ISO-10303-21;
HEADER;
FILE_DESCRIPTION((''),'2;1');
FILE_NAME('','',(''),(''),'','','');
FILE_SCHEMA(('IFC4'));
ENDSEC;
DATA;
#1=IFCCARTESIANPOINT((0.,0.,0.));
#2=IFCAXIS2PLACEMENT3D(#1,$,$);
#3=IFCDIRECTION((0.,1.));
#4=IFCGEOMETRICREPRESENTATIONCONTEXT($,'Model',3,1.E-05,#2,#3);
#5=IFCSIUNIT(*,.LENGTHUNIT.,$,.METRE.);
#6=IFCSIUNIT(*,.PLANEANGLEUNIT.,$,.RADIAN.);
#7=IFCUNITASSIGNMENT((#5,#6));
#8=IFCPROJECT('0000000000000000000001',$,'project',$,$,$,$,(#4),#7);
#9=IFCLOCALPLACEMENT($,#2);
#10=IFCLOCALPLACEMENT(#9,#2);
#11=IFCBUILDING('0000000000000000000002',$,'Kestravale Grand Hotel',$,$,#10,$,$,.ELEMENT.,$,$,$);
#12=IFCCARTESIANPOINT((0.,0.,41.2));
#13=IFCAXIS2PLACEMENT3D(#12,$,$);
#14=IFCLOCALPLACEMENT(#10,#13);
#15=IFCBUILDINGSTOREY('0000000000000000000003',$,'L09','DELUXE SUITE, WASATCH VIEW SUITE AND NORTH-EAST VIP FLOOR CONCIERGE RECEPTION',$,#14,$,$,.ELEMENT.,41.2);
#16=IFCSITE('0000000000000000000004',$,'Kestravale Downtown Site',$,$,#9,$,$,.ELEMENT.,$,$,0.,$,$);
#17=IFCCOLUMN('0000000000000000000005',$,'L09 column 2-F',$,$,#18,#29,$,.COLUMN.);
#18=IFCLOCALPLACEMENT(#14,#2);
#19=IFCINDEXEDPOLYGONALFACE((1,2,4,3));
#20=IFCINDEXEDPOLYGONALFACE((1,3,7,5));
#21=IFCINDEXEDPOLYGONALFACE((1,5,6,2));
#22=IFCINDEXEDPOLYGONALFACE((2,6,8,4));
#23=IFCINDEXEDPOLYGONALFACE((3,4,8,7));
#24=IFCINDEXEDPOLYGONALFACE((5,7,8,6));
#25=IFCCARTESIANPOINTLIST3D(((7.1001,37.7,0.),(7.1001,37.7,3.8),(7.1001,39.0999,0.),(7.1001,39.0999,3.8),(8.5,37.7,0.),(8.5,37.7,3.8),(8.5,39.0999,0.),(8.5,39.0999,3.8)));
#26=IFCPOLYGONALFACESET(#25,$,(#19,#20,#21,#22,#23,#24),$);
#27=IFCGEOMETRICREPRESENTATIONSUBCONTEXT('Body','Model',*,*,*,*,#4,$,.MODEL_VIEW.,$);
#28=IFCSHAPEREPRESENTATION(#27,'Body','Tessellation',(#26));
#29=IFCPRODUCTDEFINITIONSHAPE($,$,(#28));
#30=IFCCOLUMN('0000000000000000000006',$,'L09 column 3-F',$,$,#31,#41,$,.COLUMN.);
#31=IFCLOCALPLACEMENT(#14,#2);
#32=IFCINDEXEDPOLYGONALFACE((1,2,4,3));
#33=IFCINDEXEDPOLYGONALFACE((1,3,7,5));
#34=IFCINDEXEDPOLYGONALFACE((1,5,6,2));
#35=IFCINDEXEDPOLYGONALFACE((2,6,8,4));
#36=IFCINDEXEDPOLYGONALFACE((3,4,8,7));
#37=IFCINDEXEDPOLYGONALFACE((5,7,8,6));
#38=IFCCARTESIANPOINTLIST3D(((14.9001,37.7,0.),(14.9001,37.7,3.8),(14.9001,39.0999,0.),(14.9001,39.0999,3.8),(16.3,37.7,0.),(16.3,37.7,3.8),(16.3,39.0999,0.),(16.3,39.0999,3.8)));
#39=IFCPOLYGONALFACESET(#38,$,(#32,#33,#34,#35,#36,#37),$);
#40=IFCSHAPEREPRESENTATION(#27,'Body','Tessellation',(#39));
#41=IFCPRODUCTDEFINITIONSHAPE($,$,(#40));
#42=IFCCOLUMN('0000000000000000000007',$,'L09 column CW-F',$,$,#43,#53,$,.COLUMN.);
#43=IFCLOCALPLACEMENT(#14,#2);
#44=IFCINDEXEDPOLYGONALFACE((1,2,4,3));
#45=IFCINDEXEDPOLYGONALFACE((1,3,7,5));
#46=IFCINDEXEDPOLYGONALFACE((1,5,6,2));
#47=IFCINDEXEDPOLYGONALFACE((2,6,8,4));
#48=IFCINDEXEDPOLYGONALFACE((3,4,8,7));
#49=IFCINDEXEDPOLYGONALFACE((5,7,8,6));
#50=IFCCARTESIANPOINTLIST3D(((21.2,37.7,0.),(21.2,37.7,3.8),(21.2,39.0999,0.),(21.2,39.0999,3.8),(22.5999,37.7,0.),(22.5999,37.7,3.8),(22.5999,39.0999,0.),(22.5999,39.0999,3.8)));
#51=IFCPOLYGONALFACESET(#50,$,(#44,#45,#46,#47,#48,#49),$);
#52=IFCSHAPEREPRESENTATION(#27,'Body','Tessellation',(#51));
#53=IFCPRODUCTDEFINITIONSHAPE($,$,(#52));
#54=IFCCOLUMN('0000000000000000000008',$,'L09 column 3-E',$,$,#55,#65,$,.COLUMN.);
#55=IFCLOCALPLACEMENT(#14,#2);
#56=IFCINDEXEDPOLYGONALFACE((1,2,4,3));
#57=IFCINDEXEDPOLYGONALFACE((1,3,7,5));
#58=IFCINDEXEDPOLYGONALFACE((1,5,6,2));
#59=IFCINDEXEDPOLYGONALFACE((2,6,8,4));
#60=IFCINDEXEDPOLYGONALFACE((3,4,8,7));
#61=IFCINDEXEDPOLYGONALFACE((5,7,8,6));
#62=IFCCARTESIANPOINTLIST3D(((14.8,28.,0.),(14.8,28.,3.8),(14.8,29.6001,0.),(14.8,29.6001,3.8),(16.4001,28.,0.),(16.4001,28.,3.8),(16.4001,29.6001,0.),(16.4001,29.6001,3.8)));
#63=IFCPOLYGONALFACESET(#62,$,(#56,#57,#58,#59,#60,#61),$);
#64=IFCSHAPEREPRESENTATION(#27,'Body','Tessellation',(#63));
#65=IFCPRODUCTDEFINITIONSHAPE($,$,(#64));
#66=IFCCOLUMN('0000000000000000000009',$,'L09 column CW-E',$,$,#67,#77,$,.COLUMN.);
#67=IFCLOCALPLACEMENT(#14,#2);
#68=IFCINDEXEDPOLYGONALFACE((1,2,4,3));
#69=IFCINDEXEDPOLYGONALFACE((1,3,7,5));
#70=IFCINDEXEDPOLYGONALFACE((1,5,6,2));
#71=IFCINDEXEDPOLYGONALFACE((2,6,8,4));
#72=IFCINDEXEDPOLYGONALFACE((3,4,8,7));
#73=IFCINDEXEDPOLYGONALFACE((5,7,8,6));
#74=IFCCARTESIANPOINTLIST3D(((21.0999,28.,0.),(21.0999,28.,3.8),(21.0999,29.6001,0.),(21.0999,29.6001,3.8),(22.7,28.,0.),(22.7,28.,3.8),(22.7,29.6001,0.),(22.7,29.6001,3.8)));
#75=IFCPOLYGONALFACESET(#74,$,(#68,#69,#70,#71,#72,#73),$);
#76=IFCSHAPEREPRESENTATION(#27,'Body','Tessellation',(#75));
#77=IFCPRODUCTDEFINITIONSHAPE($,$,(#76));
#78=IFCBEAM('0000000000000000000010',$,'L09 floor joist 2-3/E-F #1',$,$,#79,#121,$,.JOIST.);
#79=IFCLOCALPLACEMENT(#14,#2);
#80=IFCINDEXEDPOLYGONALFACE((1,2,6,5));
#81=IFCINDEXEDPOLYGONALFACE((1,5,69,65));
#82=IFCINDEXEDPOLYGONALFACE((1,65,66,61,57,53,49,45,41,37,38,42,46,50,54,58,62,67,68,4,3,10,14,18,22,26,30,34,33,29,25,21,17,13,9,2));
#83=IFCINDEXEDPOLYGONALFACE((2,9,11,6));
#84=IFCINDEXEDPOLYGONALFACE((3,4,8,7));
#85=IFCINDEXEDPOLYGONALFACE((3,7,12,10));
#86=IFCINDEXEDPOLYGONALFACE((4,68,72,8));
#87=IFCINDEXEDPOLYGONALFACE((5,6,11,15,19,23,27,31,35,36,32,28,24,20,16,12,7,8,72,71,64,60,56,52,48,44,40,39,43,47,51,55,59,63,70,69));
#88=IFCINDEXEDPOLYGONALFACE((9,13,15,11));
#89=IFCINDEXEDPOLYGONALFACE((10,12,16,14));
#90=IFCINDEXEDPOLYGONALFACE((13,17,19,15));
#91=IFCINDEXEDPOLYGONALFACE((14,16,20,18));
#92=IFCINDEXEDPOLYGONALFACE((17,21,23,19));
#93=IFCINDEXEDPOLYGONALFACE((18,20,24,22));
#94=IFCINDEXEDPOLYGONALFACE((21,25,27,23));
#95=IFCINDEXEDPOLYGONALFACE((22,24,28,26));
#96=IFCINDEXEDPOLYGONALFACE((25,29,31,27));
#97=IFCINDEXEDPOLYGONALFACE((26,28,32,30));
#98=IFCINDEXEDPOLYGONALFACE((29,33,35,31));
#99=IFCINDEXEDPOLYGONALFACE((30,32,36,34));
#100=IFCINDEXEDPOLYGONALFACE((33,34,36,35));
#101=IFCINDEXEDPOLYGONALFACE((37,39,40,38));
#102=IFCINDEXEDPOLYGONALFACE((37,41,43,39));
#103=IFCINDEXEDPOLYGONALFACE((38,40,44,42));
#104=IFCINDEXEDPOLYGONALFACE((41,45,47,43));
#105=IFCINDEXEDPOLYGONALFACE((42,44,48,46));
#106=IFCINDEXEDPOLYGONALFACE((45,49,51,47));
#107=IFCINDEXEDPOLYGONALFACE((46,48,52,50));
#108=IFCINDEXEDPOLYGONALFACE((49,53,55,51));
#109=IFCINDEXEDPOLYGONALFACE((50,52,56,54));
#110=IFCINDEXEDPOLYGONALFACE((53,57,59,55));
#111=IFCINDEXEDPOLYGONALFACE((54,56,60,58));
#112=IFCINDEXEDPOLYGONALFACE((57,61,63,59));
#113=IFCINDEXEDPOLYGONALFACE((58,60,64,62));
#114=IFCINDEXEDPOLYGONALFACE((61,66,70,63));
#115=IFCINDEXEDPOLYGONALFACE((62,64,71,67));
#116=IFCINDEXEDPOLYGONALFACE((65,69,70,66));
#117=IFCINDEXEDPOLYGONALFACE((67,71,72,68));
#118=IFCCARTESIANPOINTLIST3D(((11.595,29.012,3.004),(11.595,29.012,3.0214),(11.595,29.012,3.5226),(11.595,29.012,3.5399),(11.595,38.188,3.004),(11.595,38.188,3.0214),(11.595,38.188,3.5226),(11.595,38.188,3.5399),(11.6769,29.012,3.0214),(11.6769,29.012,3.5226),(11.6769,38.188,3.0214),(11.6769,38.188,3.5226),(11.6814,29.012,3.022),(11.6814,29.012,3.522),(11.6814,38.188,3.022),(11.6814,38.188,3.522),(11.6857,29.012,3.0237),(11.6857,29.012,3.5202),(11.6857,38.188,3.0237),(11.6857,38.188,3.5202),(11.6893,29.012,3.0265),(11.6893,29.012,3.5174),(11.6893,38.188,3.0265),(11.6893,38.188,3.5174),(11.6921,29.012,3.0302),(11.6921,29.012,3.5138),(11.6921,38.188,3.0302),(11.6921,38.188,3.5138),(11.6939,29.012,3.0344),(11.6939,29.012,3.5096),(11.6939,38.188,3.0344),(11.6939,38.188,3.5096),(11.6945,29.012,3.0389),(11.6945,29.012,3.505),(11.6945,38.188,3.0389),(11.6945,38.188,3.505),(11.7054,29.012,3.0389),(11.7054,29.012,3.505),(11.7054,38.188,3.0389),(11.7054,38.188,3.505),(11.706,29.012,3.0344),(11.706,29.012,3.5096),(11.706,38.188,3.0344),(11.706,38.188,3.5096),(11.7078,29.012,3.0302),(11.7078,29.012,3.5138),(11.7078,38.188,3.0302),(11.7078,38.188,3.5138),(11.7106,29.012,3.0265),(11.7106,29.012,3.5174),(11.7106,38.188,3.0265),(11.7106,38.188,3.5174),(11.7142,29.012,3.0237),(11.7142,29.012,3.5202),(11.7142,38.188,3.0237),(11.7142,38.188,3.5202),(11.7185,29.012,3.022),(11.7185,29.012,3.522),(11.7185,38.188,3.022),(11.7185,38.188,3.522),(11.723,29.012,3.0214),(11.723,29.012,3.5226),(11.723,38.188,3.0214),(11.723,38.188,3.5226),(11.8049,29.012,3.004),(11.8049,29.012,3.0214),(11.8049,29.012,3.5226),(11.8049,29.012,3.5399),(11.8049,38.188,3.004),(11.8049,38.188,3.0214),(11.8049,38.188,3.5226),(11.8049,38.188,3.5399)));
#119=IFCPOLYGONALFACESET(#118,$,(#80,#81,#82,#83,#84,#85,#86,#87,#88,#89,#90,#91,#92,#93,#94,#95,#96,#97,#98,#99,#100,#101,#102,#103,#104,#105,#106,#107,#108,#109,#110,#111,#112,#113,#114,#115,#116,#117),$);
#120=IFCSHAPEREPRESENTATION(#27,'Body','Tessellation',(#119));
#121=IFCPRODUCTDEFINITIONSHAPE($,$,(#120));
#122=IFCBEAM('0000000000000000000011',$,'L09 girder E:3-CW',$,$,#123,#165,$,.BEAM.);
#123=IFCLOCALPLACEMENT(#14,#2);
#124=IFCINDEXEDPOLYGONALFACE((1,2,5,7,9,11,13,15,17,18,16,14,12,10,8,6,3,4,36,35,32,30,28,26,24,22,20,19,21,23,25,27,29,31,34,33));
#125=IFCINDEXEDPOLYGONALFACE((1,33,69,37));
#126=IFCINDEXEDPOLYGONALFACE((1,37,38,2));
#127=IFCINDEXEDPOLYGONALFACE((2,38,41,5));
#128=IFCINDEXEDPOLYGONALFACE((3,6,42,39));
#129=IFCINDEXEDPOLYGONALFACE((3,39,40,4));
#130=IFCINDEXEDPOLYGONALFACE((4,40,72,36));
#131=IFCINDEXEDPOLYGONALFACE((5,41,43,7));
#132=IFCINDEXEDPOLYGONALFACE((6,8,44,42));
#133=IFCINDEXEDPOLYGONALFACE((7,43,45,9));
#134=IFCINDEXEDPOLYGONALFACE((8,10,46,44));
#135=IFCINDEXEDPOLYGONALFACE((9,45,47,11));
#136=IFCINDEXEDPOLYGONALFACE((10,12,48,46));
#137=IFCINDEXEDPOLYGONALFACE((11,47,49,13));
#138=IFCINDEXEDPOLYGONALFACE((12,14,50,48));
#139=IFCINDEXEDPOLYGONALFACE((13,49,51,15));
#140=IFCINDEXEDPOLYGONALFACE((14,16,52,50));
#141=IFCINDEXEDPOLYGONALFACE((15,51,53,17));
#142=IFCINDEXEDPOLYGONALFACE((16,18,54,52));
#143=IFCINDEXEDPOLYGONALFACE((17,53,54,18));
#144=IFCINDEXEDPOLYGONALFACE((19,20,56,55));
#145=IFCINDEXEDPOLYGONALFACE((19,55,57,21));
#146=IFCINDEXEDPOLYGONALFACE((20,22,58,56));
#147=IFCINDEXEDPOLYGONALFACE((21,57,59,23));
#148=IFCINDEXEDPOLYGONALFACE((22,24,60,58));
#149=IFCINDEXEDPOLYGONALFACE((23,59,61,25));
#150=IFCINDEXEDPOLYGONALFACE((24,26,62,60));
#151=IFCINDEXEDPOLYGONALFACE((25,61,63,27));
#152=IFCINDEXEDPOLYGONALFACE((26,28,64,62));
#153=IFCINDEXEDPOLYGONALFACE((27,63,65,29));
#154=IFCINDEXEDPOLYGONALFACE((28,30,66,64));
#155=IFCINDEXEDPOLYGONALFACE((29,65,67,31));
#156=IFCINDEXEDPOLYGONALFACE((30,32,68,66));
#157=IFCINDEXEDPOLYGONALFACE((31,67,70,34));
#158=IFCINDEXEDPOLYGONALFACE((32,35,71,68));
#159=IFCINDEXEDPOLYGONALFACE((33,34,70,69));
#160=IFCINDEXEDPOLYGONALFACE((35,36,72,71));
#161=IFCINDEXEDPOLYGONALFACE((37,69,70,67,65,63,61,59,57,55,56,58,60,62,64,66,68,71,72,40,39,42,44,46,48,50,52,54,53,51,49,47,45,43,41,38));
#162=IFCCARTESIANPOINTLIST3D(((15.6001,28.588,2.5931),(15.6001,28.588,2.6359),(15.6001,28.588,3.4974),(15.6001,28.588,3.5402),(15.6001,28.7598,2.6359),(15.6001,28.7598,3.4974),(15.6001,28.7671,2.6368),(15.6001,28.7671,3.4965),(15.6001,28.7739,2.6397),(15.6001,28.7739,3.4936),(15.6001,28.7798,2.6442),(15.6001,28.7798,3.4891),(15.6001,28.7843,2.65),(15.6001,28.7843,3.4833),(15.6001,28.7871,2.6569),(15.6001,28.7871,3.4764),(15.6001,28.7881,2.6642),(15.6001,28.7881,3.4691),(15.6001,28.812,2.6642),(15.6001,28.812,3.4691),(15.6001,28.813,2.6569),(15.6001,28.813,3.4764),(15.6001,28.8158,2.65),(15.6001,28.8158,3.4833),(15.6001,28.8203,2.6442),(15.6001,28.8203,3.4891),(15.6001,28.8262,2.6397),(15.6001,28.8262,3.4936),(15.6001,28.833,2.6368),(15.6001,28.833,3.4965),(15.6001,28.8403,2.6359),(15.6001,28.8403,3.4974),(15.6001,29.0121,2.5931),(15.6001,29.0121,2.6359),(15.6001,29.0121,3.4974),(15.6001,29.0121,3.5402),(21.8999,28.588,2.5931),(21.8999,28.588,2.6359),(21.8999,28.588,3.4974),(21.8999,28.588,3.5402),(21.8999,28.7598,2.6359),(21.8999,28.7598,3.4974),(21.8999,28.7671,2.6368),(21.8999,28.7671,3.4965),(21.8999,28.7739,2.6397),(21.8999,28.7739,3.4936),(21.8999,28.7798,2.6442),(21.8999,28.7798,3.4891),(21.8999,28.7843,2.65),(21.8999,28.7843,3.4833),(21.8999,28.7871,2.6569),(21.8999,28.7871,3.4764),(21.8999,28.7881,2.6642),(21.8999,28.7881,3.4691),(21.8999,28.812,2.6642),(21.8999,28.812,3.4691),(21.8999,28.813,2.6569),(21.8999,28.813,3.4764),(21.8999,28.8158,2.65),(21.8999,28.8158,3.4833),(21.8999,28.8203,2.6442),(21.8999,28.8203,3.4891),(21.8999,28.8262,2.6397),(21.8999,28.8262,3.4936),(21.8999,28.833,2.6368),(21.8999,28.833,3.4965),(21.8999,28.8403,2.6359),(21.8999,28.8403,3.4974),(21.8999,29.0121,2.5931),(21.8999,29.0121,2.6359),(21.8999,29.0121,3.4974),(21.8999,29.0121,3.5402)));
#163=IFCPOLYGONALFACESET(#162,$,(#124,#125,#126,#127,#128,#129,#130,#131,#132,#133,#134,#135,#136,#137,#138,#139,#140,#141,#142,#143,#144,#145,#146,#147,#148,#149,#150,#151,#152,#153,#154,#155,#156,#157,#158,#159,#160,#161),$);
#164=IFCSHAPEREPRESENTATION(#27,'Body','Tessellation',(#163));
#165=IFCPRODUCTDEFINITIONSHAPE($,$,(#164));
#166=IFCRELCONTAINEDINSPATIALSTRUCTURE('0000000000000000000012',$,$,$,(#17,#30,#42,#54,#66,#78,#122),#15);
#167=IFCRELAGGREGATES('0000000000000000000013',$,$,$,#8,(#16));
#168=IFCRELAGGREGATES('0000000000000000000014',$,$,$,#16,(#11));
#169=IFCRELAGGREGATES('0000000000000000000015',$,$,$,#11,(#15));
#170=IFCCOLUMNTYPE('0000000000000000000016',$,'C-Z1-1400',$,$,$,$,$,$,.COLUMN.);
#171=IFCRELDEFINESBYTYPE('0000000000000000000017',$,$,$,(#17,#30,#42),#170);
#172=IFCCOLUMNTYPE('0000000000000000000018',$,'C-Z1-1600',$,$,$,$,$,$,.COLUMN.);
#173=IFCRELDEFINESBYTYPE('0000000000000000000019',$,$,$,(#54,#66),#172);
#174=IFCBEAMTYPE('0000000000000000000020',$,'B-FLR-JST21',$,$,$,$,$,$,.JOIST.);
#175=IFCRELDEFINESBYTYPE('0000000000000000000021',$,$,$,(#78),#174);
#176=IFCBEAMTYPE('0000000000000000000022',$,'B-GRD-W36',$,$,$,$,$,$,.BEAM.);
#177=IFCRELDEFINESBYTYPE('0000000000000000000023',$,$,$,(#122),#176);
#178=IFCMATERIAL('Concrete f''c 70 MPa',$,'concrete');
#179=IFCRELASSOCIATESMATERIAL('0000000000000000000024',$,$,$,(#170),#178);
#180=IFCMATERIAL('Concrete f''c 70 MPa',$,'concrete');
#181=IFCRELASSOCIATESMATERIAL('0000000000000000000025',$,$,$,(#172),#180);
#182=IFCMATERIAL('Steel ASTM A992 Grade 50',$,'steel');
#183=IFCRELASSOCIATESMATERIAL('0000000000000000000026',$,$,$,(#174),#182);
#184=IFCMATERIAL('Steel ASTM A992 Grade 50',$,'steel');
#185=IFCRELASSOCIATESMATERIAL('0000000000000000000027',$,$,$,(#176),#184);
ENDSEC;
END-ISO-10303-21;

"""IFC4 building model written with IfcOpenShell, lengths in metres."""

from ifc_helpers import new_model, si_unit, direction, frame, origin, origin_2d, place, context, subcontext, project, spatial, rectangle, i_section, extrude, material, material_profile, profile_set, type_object, element, save


model = new_model("IFC4")

# Units and contexts
model_context = context("Model", 3, precision=1e-05, world=origin(), true_north=direction((0.0, 1.0)))
body_context = subcontext(model_context, "Body", "Model", "MODEL_VIEW")
ifc_project = project(units=[si_unit("LENGTHUNIT", "METRE"), si_unit("PLANEANGLEUNIT", "RADIAN")], contexts=[model_context])

# Site, building, storey
site_placement = place(None, origin())
site = spatial("IfcSite", under=ifc_project, at=site_placement, Name="Kestravale Downtown Site", CompositionType="ELEMENT", RefElevation=0.0)
building_placement = place(site_placement, origin())
building = spatial("IfcBuilding", under=site, at=building_placement, Name="Kestravale Grand Hotel", CompositionType="ELEMENT")
storey_placement = place(building_placement, frame((0.0, 0.0, 41.2)))
storey = spatial("IfcBuildingStorey", under=building, at=storey_placement, Name="L09", Description="DELUXE SUITE, WASATCH VIEW SUITE AND NORTH-EAST VIP FLOOR CONCIERGE RECEPTION", CompositionType="ELEMENT", Elevation=41.2)

# Columns
ifc_material_1 = material(Name="Concrete f'c 70 MPa", Category="concrete")
ifc_material_profile_1 = material_profile(ifc_material_1, rectangle(XDim=1.3999, YDim=1.3999, at=origin_2d()))
ifc_profile_set_1 = profile_set([ifc_material_profile_1], Name="Concrete f'c 70 MPa")
column_type_1 = type_object("IfcColumnType", Name="C-Z1-1400", PredefinedType="COLUMN", material=ifc_profile_set_1)
for number, where, z_axis, x_axis, name in (
    (1, (7.8, 38.3999, 0.0), (0.0, 0.0, 1.0), (1.0, 0.0, 0.0), "L09 column 2-F"),
    (2, (15.6001, 38.3999, 0.0), (0.0, 0.0, 1.0), (1.0, 0.0, 0.0), "L09 column 3-F"),
    (3, (21.8999, 38.3999, 0.0), (0.0, 0.0, 1.0), (1.0, 0.0, 0.0), "L09 column CW-F"),
):
    element("IfcColumn", number, at=place(storey_placement, frame(where, z_axis=z_axis, x_axis=x_axis)), inside=storey, type_object=column_type_1, Name=name, PredefinedType="COLUMN", context=body_context, shape_type="SweptSolid", body=[
        extrude(rectangle(XDim=1.3999, YDim=1.3999, at=origin_2d()), origin(), (0.0, 0.0, 1.0), 3.8),
    ])
ifc_material_2 = material(Name="Concrete f'c 70 MPa", Category="concrete")
ifc_material_profile_2 = material_profile(ifc_material_2, rectangle(XDim=1.6001, YDim=1.6001, at=origin_2d()))
ifc_profile_set_2 = profile_set([ifc_material_profile_2], Name="Concrete f'c 70 MPa")
column_type_2 = type_object("IfcColumnType", Name="C-Z1-1600", PredefinedType="COLUMN", material=ifc_profile_set_2)
for number, where, z_axis, x_axis, name in (
    (4, (15.6001, 28.8, 0.0), (0.0, 0.0, 1.0), (1.0, 0.0, 0.0), "L09 column 3-E"),
    (5, (21.8999, 28.8, 0.0), (0.0, 0.0, 1.0), (1.0, 0.0, 0.0), "L09 column CW-E"),
):
    element("IfcColumn", number, at=place(storey_placement, frame(where, z_axis=z_axis, x_axis=x_axis)), inside=storey, type_object=column_type_2, Name=name, PredefinedType="COLUMN", context=body_context, shape_type="SweptSolid", body=[
        extrude(rectangle(XDim=1.6001, YDim=1.6001, at=origin_2d()), origin(), (0.0, 0.0, 1.0), 3.8),
    ])

# Beams
ifc_material_3 = material(Name="Steel ASTM A992 Grade 50", Category="steel")
ifc_material_profile_3 = material_profile(ifc_material_3, i_section(OverallWidth=0.21, OverallDepth=0.5359, WebThickness=0.011, FlangeThickness=0.0173, FilletRadius=0.0176, at=origin_2d()))
ifc_profile_set_3 = profile_set([ifc_material_profile_3], Name="Steel ASTM A992 Grade 50")
beam_type_1 = type_object("IfcBeamType", Name="B-FLR-JST21", PredefinedType="JOIST", material=ifc_profile_set_3)
beam_1_placement = place(storey_placement, frame((11.7, 29.012, 3.272), z_axis=(0.0, 1.0, 0.0), x_axis=(-1.0, 0.0, 0.0)))
element("IfcBeam", 6, at=beam_1_placement, inside=storey, type_object=beam_type_1, Name="L09 floor joist 2-3/E-F #1", PredefinedType="JOIST", context=body_context, shape_type="SweptSolid", body=[
    extrude(i_section(OverallWidth=0.21, OverallDepth=0.5359, WebThickness=0.011, FlangeThickness=0.0173, FilletRadius=0.0176, at=origin_2d()), origin(), (0.0, 0.0, 1.0), 9.176),
])
ifc_material_4 = material(Name="Steel ASTM A992 Grade 50", Category="steel")
ifc_material_profile_4 = material_profile(ifc_material_4, i_section(OverallWidth=0.4241, OverallDepth=0.947, WebThickness=0.0239, FlangeThickness=0.0427, FilletRadius=0.0283, at=origin_2d()))
ifc_profile_set_4 = profile_set([ifc_material_profile_4], Name="Steel ASTM A992 Grade 50")
beam_type_2 = type_object("IfcBeamType", Name="B-GRD-W36", PredefinedType="BEAM", material=ifc_profile_set_4)
beam_2_placement = place(storey_placement, frame((15.6001, 28.8, 3.0667), z_axis=(1.0, 0.0, 0.0), x_axis=(0.0, 1.0, 0.0)))
element("IfcBeam", 7, at=beam_2_placement, inside=storey, type_object=beam_type_2, Name="L09 girder E:3-CW", PredefinedType="BEAM", context=body_context, shape_type="SweptSolid", body=[
    extrude(i_section(OverallWidth=0.4241, OverallDepth=0.947, WebThickness=0.0239, FlangeThickness=0.0427, FilletRadius=0.0283, at=origin_2d()), origin(), (0.0, 0.0, 1.0), 6.2998),
])

save(model, "model.ifc")
